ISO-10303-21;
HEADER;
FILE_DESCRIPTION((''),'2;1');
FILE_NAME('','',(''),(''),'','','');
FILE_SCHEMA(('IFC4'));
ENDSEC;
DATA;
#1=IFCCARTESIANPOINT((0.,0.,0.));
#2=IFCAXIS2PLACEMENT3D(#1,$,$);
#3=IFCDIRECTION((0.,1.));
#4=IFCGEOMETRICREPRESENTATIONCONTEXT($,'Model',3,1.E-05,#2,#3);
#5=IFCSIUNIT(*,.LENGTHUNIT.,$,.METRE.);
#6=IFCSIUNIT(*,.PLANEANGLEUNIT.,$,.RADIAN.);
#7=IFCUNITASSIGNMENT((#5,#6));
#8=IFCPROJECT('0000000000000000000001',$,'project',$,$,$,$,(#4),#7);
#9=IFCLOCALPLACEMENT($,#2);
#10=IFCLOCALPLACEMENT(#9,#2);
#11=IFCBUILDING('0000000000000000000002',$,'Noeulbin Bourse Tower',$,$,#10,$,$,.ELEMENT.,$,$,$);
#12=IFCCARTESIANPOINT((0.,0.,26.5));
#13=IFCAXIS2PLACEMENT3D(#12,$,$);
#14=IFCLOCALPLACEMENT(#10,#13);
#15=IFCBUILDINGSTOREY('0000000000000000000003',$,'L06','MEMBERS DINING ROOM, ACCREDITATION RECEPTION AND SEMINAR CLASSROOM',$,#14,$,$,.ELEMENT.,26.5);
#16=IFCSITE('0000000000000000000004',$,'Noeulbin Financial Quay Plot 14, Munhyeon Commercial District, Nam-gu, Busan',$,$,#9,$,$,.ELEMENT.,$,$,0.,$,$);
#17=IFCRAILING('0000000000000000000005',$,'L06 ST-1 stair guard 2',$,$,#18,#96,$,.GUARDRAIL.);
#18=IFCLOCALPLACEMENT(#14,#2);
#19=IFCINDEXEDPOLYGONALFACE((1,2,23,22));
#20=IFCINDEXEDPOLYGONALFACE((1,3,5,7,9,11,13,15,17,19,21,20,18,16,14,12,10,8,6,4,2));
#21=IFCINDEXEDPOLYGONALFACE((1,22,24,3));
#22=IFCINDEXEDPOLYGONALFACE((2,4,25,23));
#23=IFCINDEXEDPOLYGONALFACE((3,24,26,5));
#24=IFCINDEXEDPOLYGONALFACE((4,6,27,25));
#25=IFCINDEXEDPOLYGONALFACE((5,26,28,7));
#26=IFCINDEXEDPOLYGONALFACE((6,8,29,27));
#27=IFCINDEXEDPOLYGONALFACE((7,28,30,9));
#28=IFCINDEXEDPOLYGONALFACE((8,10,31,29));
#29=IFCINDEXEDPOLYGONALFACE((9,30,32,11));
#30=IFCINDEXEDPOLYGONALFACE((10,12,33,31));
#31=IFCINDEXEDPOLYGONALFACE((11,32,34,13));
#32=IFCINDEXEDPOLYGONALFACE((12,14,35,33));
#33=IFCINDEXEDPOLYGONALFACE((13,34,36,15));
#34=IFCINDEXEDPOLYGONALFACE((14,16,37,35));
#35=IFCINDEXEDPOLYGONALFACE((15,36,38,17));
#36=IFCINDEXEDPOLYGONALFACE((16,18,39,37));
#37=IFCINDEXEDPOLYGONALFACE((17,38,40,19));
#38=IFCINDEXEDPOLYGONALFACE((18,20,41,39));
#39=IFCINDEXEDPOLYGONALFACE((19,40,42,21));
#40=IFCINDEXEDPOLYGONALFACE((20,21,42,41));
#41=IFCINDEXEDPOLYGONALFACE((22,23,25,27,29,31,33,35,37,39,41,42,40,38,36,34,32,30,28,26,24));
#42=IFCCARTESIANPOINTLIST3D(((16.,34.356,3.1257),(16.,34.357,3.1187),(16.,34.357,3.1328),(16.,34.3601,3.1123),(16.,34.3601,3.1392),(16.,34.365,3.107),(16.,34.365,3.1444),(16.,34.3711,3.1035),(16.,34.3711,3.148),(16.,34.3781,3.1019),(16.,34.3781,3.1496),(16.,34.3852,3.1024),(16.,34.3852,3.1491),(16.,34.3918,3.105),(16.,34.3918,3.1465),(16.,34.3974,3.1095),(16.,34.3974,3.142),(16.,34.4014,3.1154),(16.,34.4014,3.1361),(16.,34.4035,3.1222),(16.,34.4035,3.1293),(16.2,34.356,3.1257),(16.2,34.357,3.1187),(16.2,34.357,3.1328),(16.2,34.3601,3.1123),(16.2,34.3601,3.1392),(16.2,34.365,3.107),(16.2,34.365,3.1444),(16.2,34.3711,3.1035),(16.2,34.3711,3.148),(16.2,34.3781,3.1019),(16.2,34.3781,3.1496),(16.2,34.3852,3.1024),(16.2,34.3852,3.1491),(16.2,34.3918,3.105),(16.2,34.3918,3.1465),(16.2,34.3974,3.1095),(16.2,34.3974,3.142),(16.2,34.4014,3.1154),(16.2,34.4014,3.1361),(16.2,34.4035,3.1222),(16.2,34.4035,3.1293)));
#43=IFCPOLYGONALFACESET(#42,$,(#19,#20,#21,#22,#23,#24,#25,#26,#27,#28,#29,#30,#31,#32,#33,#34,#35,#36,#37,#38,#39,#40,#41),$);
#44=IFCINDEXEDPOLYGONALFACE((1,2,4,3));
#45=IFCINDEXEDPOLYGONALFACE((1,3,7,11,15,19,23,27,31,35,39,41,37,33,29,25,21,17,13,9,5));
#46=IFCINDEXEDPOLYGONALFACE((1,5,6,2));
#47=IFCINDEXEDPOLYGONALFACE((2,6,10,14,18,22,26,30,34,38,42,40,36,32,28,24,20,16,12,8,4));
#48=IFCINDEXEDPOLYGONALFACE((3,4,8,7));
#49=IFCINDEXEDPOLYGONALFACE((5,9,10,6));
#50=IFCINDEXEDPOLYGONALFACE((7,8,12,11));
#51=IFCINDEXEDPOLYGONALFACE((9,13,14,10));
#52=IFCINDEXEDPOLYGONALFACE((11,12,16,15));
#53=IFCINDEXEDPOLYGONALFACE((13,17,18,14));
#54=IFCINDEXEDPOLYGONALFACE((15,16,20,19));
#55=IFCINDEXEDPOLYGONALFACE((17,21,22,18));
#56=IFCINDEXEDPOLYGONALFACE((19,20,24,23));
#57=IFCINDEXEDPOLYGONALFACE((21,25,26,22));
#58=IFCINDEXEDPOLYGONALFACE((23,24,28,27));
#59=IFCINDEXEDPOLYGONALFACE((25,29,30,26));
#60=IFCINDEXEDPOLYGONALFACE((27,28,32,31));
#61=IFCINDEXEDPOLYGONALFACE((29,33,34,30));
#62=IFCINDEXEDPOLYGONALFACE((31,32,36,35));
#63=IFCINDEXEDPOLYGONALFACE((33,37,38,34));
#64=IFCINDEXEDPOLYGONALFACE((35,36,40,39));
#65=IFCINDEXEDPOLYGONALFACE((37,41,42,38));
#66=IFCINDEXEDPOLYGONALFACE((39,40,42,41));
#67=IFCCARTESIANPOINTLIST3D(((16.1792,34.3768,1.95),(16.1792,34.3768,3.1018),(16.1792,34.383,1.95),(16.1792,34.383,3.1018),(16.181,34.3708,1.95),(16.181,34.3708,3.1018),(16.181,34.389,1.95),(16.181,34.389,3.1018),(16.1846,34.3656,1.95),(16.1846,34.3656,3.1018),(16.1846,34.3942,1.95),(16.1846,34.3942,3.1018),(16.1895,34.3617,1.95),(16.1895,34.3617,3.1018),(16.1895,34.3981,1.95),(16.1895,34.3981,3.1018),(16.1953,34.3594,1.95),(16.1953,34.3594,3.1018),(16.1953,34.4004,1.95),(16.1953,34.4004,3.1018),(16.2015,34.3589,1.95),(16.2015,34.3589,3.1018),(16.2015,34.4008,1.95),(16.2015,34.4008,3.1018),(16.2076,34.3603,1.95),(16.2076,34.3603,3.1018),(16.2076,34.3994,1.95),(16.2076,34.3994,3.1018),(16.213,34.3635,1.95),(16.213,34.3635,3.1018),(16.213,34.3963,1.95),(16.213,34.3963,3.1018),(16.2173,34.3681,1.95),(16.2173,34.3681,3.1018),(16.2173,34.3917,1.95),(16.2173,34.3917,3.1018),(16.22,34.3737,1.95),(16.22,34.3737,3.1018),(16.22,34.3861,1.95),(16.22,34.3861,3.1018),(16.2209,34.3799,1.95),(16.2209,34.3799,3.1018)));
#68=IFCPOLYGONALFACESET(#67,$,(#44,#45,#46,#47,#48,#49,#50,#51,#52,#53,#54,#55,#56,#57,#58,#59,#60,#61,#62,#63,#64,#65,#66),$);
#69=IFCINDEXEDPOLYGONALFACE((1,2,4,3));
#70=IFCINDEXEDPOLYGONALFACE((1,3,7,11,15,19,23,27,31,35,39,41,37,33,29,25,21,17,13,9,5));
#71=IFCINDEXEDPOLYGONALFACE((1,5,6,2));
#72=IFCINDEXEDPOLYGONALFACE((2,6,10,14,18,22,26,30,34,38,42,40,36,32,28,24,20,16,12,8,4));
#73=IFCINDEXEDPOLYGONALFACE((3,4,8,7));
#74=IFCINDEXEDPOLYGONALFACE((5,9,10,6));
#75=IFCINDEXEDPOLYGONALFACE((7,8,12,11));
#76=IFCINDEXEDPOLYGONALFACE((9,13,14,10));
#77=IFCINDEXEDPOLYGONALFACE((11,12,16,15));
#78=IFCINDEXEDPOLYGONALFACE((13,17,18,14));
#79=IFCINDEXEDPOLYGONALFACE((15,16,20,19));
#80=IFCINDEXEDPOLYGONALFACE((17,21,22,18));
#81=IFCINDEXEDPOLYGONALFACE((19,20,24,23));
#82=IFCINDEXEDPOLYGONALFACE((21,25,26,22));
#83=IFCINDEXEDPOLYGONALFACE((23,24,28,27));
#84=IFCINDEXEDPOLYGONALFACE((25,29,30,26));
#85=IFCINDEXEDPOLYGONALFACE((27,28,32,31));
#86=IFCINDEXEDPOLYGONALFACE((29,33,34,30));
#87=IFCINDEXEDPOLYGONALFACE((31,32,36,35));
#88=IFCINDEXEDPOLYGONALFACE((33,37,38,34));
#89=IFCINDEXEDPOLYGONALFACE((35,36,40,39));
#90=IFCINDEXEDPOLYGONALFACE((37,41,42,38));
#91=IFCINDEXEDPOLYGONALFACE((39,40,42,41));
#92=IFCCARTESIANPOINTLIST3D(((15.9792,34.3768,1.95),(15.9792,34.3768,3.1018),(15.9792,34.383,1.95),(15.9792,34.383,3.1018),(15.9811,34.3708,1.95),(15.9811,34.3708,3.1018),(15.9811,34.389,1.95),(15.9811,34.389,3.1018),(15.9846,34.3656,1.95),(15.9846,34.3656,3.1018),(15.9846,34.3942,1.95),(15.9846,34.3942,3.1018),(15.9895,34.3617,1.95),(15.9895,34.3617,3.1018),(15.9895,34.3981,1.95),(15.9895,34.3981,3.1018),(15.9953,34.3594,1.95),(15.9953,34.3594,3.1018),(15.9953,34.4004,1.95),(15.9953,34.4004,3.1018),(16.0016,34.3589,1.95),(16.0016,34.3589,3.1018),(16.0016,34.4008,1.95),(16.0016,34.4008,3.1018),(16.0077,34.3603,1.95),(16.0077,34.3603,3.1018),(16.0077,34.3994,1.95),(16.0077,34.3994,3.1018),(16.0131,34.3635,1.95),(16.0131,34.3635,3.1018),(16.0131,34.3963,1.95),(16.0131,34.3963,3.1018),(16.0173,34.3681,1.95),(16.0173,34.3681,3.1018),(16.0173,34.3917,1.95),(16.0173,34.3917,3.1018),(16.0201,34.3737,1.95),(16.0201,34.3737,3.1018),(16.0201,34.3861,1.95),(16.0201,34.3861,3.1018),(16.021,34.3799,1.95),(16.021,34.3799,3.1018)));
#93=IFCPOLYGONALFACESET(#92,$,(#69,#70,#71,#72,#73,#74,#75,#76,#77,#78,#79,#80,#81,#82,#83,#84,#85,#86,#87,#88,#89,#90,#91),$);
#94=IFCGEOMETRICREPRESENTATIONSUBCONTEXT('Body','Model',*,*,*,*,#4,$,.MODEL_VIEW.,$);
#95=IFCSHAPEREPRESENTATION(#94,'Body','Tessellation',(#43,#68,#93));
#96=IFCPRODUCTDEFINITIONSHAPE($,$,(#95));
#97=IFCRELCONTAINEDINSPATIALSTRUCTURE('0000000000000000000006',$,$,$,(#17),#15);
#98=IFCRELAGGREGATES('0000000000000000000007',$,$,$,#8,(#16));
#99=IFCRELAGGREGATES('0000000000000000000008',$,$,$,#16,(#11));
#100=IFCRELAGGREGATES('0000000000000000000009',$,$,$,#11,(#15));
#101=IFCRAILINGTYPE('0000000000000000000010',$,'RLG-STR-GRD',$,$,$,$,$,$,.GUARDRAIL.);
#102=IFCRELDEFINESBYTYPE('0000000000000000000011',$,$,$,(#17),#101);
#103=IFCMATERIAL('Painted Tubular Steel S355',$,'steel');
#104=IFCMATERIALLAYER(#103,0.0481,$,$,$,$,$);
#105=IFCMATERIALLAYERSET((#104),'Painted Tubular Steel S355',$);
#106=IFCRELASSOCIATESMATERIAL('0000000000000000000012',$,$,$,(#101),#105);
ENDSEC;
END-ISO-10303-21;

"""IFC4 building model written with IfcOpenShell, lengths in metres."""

from ifc_helpers import new_model, si_unit, direction, frame, origin, origin_2d, place, context, subcontext, project, spatial, circle, extrude, material, layer, layer_set, type_object, element, save


model = new_model("IFC4")

# Units and contexts
model_context = context("Model", 3, precision=1e-05, world=origin(), true_north=direction((0.0, 1.0)))
body_context = subcontext(model_context, "Body", "Model", "MODEL_VIEW")
ifc_project = project(units=[si_unit("LENGTHUNIT", "METRE"), si_unit("PLANEANGLEUNIT", "RADIAN")], contexts=[model_context])

# Site, building, storey
site_placement = place(None, origin())
site = spatial("IfcSite", under=ifc_project, at=site_placement, Name="Noeulbin Financial Quay Plot 14, Munhyeon Commercial District, Nam-gu, Busan", CompositionType="ELEMENT", RefElevation=0.0)
building_placement = place(site_placement, origin())
building = spatial("IfcBuilding", under=site, at=building_placement, Name="Noeulbin Bourse Tower", CompositionType="ELEMENT")
storey_placement = place(building_placement, frame((0.0, 0.0, 26.5)))
storey = spatial("IfcBuildingStorey", under=building, at=storey_placement, Name="L06", Description="MEMBERS DINING ROOM, ACCREDITATION RECEPTION AND SEMINAR CLASSROOM", CompositionType="ELEMENT", Elevation=26.5)

# Railing
ifc_material_1 = material(Name="Painted Tubular Steel S355", Category="steel")
ifc_layer_1 = layer(ifc_material_1, 0.0481)
ifc_layer_set_1 = layer_set([ifc_layer_1], Name="Painted Tubular Steel S355")
railing_type_1 = type_object("IfcRailingType", Name="RLG-STR-GRD", PredefinedType="GUARDRAIL", material=ifc_layer_set_1)
railing_1_placement = place(storey_placement, frame((16.2, 34.3799, 1.95)))
element("IfcRailing", 1, at=railing_1_placement, inside=storey, type_object=railing_type_1, Name="L06 ST-1 stair guard 2", PredefinedType="GUARDRAIL", context=body_context, shape_type="SweptSolid", body=[
    extrude(circle(Radius=0.0239, at=origin_2d()), frame((0.0, 0.0, 1.1758), z_axis=(-1.0, 0.0, 0.0), x_axis=(0.0, -1.0, 0.0)), (0.0, 0.0, 1.0), 0.2),
    extrude(circle(Radius=0.021, at=origin_2d()), origin(), (0.0, 0.0, 1.0), 1.1519),
    extrude(circle(Radius=0.021, at=origin_2d()), frame((-0.2, 0.0, 0.0)), (0.0, 0.0, 1.0), 1.1519),
])

save(model, "model.ifc")
